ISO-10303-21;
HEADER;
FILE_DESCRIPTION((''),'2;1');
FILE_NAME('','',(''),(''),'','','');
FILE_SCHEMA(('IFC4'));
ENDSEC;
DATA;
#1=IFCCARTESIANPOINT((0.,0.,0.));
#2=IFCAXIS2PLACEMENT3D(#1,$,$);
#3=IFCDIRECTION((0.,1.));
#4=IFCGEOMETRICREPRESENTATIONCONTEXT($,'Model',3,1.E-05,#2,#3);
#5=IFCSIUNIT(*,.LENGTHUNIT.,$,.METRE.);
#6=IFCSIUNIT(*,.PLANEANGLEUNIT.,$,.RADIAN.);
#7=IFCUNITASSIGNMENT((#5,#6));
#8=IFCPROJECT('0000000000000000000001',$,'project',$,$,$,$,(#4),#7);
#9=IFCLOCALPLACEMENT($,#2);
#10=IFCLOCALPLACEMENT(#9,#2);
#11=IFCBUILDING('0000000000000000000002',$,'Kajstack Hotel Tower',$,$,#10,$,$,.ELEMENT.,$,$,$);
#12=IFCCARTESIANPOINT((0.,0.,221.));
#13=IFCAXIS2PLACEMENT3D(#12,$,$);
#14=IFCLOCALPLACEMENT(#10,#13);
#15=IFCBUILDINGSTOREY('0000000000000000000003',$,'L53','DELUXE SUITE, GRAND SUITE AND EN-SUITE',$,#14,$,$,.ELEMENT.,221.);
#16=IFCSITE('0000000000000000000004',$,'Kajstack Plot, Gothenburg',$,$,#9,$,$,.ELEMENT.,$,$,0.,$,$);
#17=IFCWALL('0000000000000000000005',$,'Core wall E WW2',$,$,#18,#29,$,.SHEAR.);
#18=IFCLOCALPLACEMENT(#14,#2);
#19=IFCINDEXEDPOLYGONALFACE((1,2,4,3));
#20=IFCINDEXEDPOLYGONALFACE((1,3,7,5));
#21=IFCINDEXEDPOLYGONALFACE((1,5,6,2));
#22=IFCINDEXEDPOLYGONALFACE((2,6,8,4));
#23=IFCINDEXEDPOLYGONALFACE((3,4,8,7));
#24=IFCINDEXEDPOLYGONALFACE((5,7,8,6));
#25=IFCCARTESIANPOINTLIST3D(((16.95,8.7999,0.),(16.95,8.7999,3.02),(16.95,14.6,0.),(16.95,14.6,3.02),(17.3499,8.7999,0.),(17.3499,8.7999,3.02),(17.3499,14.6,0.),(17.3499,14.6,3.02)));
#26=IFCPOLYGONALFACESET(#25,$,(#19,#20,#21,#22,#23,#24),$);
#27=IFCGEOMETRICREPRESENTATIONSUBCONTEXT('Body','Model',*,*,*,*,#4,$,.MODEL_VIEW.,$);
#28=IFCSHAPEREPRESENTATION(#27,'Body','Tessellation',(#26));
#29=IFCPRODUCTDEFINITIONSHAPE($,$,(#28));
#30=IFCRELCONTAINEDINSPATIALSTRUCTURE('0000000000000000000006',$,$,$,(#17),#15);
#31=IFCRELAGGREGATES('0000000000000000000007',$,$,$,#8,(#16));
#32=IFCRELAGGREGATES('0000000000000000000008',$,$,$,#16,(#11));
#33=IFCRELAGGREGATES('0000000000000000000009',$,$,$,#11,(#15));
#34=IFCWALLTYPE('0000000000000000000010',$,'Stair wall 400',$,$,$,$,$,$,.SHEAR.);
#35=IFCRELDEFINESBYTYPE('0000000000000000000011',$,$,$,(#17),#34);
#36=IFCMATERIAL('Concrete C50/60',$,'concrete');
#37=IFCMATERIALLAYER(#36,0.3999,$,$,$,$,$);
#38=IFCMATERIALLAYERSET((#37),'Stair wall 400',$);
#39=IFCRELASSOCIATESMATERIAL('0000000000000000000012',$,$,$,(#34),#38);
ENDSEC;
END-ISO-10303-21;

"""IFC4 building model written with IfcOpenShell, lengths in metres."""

from ifc_helpers import new_model, si_unit, direction, frame, frame_2d, origin, place, context, subcontext, project, spatial, rectangle, extrude, material, layer, layer_set, type_object, element, save


model = new_model("IFC4")

# Units and contexts
model_context = context("Model", 3, precision=1e-05, world=origin(), true_north=direction((0.0, 1.0)))
body_context = subcontext(model_context, "Body", "Model", "MODEL_VIEW")
ifc_project = project(units=[si_unit("LENGTHUNIT", "METRE"), si_unit("PLANEANGLEUNIT", "RADIAN")], contexts=[model_context])

# Site, building, storey
site_placement = place(None, origin())
site = spatial("IfcSite", under=ifc_project, at=site_placement, Name="Kajstack Plot, Gothenburg", CompositionType="ELEMENT", RefElevation=0.0)
building_placement = place(site_placement, origin())
building = spatial("IfcBuilding", under=site, at=building_placement, Name="Kajstack Hotel Tower", CompositionType="ELEMENT")
storey_placement = place(building_placement, frame((0.0, 0.0, 221.0)))
storey = spatial("IfcBuildingStorey", under=building, at=storey_placement, Name="L53", Description="DELUXE SUITE, GRAND SUITE AND EN-SUITE", CompositionType="ELEMENT", Elevation=221.0)

# Shared definitions
ifc_material_1 = material(Name="Concrete C50/60", Category="concrete")

# Wall
ifc_layer_1 = layer(ifc_material_1, 0.3999)
ifc_layer_set_1 = layer_set([ifc_layer_1], Name="Stair wall 400")
wall_type_1 = type_object("IfcWallType", Name="Stair wall 400", PredefinedType="SHEAR", material=ifc_layer_set_1)
wall_1_placement = place(storey_placement, frame((17.1499, 8.8, 0.0), z_axis=(0.0, 0.0, 1.0), x_axis=(0.0, 1.0, 0.0)))
element("IfcWall", 1, at=wall_1_placement, inside=storey, type_object=wall_type_1, Name="Core wall E WW2", PredefinedType="SHEAR", context=body_context, shape_type="SweptSolid", body=[
    extrude(rectangle(XDim=5.8, YDim=0.3999, at=frame_2d((2.8999, 0.0))), origin(), (0.0, 0.0, 1.0), 3.02),
])

save(model, "model.ifc")
